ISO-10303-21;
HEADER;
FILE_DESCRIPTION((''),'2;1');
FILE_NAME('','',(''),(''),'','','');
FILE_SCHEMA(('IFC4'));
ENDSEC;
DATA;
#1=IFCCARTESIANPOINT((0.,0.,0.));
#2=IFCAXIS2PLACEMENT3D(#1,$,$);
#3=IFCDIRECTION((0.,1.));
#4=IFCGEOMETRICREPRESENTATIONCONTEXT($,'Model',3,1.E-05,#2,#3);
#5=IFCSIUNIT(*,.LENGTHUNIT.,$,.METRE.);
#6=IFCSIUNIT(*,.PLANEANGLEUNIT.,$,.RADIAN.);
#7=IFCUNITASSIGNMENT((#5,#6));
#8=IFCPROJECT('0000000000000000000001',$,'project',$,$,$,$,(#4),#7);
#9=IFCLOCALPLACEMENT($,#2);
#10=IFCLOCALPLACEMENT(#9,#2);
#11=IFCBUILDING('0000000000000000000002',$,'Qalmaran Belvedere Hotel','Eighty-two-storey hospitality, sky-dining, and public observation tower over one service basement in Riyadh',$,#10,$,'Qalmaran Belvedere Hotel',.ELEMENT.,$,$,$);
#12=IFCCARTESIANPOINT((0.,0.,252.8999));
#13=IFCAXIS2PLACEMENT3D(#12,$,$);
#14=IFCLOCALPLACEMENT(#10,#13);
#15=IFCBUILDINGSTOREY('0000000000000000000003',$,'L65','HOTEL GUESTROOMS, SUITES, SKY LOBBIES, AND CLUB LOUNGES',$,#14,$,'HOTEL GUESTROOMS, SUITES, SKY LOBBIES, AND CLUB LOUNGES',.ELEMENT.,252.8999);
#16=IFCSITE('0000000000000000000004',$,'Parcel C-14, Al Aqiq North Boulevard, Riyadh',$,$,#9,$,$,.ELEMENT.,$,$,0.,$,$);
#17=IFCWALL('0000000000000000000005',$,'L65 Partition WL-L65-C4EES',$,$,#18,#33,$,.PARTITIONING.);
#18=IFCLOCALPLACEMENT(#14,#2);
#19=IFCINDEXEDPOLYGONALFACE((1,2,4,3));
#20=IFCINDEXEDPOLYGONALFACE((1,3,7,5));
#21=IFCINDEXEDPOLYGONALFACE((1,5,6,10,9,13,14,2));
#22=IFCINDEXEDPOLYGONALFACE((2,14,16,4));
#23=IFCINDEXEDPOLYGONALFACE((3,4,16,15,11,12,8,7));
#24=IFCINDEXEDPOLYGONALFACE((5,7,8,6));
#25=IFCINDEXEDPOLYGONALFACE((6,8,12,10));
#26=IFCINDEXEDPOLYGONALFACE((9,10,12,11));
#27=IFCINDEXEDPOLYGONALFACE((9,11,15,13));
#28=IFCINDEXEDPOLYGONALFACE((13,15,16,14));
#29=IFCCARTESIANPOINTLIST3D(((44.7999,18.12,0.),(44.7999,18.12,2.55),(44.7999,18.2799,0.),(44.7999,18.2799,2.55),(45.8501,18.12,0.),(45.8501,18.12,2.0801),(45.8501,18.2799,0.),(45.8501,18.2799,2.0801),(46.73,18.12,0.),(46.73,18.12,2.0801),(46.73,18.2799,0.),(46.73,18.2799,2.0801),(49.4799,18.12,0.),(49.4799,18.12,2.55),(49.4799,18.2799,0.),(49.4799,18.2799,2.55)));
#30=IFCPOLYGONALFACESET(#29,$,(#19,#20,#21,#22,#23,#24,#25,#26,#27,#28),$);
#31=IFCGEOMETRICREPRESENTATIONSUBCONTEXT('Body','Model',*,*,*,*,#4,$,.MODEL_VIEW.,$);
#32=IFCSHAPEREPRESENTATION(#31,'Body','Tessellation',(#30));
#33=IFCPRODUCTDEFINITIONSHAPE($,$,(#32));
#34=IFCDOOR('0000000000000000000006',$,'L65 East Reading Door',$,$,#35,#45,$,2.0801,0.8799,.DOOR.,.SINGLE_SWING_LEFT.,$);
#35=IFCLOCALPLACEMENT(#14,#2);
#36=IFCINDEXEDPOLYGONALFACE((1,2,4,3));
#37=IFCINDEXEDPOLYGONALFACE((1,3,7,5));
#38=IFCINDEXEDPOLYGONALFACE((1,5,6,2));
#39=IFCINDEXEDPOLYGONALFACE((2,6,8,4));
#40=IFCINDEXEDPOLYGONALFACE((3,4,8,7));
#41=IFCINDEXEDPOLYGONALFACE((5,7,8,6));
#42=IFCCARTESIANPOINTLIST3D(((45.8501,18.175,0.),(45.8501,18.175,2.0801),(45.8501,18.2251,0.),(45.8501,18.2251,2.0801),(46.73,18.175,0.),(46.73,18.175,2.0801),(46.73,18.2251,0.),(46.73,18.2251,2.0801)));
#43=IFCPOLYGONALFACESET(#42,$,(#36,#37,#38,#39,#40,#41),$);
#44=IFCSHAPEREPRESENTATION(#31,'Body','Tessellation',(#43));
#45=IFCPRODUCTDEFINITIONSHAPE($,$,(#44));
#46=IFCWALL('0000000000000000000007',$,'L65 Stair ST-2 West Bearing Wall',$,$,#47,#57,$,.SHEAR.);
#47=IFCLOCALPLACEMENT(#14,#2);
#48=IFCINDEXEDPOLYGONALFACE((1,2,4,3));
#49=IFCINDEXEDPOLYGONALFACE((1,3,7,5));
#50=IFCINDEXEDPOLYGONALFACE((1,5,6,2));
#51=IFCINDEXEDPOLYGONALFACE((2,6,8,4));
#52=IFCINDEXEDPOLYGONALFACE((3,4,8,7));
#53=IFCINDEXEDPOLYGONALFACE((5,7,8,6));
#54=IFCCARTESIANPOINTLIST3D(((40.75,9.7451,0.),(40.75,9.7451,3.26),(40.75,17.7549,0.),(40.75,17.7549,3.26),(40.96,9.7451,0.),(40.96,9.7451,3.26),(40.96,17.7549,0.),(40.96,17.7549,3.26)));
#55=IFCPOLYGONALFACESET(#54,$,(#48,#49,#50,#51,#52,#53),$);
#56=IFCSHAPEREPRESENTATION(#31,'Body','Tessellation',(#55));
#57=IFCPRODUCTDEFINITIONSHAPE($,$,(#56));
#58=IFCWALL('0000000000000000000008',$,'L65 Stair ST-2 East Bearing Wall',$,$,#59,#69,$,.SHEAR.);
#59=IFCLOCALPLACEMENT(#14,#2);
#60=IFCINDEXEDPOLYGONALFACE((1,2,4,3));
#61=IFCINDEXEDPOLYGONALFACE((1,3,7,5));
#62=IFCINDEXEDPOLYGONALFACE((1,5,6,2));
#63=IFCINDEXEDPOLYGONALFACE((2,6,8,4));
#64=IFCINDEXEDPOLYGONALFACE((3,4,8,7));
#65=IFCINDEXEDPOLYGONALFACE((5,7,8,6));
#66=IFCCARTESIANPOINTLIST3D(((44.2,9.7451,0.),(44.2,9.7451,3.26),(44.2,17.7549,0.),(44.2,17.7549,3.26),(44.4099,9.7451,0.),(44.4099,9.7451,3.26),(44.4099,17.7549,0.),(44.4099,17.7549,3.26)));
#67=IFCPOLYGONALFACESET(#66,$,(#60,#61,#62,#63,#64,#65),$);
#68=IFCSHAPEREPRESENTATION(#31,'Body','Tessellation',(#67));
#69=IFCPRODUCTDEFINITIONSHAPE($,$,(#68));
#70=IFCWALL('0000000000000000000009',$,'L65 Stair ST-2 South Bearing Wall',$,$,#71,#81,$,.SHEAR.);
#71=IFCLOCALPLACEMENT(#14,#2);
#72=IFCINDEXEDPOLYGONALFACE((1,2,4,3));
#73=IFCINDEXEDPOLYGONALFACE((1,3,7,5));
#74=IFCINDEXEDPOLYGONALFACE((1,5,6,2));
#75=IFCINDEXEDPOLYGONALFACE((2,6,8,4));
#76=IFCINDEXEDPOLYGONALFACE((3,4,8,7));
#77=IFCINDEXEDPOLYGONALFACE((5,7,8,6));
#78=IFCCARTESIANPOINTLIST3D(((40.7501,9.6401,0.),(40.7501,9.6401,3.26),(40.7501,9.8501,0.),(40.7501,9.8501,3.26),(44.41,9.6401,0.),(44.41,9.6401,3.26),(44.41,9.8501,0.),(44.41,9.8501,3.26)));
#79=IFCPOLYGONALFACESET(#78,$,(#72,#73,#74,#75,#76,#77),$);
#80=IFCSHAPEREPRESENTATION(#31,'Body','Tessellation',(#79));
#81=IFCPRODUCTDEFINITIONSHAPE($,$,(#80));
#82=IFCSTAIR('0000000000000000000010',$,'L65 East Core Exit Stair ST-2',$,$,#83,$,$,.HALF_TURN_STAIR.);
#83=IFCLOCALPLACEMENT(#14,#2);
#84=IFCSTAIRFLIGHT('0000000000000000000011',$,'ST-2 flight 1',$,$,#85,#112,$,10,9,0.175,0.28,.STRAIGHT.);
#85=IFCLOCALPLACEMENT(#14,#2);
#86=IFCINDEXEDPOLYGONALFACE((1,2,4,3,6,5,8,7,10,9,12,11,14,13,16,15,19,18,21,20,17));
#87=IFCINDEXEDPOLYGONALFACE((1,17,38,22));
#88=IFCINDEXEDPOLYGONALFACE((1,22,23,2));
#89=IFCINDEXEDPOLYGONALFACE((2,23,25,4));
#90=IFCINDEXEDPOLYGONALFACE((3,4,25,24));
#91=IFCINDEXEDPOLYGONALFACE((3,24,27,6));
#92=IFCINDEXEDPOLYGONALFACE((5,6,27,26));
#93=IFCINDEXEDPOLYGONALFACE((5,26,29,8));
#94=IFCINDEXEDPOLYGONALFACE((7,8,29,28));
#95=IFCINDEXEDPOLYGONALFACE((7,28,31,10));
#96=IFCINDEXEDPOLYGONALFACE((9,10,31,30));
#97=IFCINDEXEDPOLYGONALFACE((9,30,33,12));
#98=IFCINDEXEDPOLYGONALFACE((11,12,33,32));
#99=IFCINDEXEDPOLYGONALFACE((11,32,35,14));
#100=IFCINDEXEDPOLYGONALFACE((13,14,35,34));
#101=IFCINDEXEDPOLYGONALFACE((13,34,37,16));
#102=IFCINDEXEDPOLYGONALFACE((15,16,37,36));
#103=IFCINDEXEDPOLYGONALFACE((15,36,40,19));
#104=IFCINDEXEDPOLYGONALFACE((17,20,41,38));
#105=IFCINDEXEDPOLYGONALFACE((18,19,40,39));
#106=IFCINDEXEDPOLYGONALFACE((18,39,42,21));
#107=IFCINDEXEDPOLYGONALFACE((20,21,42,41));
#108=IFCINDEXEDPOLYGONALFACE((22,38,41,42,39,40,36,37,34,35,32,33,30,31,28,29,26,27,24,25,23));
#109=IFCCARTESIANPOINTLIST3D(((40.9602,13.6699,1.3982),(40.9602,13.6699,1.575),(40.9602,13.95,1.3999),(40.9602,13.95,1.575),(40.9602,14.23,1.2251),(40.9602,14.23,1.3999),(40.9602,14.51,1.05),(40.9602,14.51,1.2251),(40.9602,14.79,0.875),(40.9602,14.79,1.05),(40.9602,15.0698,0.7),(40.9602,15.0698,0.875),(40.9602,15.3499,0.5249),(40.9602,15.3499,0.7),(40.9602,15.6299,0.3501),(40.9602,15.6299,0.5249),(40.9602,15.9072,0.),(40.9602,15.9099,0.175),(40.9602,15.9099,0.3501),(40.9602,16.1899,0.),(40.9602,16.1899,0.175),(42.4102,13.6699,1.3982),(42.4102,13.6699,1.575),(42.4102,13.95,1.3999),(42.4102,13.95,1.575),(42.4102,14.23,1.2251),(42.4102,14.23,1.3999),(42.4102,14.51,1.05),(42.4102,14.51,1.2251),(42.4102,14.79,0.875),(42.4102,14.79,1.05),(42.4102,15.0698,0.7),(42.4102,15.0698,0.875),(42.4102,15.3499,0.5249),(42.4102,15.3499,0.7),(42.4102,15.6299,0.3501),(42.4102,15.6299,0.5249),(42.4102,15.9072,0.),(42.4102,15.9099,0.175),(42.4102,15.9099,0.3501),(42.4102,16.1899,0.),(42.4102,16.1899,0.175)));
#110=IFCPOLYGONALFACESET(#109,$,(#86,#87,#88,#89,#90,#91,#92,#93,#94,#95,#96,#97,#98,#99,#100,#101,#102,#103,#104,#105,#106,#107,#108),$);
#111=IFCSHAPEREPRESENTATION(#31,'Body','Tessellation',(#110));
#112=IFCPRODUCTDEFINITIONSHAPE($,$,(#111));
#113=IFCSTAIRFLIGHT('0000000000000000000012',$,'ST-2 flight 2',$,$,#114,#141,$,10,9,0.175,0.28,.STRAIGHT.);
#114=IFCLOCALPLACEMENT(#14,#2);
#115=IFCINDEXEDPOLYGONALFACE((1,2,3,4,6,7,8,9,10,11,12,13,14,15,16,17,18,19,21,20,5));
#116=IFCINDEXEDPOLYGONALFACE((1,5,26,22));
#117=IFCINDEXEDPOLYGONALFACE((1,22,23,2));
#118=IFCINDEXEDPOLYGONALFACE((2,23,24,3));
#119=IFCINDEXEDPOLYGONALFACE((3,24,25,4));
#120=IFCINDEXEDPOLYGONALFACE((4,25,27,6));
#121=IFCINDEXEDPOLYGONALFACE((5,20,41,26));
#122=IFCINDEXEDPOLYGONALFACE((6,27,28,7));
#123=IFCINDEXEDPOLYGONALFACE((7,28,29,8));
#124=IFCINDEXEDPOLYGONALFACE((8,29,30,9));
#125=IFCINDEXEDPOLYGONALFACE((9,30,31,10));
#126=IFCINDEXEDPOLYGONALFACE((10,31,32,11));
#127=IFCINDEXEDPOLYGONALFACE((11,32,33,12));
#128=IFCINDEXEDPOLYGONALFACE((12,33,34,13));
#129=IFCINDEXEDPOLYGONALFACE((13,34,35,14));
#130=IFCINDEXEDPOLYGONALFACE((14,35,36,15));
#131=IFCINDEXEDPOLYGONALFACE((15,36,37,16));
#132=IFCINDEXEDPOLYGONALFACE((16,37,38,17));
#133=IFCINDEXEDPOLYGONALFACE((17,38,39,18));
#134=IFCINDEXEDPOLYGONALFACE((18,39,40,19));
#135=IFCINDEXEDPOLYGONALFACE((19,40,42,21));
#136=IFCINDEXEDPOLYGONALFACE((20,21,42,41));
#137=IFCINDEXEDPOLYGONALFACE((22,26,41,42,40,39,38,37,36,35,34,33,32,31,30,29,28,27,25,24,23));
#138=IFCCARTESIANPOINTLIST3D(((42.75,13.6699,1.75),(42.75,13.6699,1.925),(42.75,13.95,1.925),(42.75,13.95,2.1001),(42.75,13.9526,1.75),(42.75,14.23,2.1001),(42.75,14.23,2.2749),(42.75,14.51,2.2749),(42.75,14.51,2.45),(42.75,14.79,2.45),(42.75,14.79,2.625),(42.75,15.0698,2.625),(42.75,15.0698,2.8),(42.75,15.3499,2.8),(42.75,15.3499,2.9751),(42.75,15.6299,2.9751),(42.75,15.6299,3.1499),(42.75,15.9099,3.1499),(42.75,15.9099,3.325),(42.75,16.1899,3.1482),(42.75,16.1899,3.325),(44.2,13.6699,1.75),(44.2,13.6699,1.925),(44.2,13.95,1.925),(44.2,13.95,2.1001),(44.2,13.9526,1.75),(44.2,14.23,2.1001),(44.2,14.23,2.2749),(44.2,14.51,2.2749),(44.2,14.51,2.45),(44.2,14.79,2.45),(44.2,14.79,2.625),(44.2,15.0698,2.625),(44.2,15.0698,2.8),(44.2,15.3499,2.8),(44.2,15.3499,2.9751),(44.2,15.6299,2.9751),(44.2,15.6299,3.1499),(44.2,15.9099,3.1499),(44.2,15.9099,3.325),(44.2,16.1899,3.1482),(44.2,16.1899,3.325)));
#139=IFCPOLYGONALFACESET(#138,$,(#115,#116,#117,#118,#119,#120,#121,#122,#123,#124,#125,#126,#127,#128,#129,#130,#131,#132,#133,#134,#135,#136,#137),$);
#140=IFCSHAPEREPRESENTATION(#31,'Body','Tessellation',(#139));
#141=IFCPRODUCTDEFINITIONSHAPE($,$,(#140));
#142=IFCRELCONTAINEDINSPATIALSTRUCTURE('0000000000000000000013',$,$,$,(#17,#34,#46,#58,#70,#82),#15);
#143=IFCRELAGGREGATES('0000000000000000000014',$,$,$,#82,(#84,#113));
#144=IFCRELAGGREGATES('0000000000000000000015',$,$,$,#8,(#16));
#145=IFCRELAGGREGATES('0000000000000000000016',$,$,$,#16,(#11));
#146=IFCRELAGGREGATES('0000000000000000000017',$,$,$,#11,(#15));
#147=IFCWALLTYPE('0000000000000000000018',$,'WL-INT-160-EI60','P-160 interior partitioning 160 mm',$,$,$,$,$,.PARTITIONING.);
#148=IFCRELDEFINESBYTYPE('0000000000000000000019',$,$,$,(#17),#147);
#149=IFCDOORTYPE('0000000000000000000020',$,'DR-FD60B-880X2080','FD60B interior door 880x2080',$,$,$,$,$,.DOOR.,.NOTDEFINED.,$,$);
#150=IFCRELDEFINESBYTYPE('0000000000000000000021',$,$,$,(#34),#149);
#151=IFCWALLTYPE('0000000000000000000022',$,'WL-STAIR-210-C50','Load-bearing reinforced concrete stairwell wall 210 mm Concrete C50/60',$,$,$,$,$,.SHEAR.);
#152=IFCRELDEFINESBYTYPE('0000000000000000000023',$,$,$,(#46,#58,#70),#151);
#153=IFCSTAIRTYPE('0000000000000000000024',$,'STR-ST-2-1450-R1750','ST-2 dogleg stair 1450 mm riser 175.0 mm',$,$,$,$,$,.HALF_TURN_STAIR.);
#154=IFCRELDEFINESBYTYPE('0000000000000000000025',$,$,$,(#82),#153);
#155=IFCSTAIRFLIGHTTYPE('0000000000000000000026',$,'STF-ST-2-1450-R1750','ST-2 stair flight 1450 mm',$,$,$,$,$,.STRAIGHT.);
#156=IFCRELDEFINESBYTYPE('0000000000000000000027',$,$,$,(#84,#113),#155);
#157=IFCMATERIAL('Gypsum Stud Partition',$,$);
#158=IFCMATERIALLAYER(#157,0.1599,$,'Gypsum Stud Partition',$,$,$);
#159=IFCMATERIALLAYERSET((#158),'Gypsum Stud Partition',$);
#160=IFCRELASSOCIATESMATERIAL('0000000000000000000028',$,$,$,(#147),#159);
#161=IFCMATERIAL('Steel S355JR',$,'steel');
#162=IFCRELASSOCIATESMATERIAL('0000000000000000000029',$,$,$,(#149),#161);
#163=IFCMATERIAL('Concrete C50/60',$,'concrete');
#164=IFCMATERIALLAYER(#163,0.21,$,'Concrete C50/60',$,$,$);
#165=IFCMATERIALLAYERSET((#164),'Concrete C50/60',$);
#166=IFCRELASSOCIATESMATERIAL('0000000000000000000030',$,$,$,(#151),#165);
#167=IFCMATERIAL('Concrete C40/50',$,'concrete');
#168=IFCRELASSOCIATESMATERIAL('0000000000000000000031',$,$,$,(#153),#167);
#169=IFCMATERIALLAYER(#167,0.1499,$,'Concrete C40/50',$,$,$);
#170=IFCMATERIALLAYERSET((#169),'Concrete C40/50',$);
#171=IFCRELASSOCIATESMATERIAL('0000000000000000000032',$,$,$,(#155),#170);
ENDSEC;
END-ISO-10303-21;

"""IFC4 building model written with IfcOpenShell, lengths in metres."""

from ifc_helpers import new_model, si_unit, direction, frame, frame_2d, origin, place, context, subcontext, project, spatial, polyline, rectangle, outline, extrude, material, layer, layer_set, type_object, element, fill, aggregate, save


model = new_model("IFC4")

# Units and contexts
model_context = context("Model", 3, precision=1e-05, world=origin(), true_north=direction((0.0, 1.0)))
body_context = subcontext(model_context, "Body", "Model", "MODEL_VIEW")
ifc_project = project(units=[si_unit("LENGTHUNIT", "METRE"), si_unit("PLANEANGLEUNIT", "RADIAN")], contexts=[model_context])

# Site, building, storey
site_placement = place(None, origin())
site = spatial("IfcSite", under=ifc_project, at=site_placement, Name="Parcel C-14, Al Aqiq North Boulevard, Riyadh", CompositionType="ELEMENT", RefElevation=0.0)
building_placement = place(site_placement, origin())
building = spatial("IfcBuilding", under=site, at=building_placement, Name="Qalmaran Belvedere Hotel", Description="Eighty-two-storey hospitality, sky-dining, and public observation tower over one service basement in Riyadh", LongName="Qalmaran Belvedere Hotel", CompositionType="ELEMENT")
storey_placement = place(building_placement, frame((0.0, 0.0, 252.8999)))
storey = spatial("IfcBuildingStorey", under=building, at=storey_placement, Name="L65", Description="HOTEL GUESTROOMS, SUITES, SKY LOBBIES, AND CLUB LOUNGES", LongName="HOTEL GUESTROOMS, SUITES, SKY LOBBIES, AND CLUB LOUNGES", CompositionType="ELEMENT", Elevation=252.8999)

# Shared definitions
ifc_material_1 = material(Name="Concrete C50/60", Category="concrete")

# Shared definitions
ifc_material_2 = material(Name="Steel S355JR", Category="steel")

# Wall, opening, door
ifc_material_3 = material(Name="Gypsum Stud Partition")
ifc_layer_1 = layer(ifc_material_3, 0.1599, Name="Gypsum Stud Partition")
ifc_layer_set_1 = layer_set([ifc_layer_1], Name="Gypsum Stud Partition")
wall_type_1 = type_object("IfcWallType", Name="WL-INT-160-EI60", Description="P-160 interior partitioning 160 mm", PredefinedType="PARTITIONING", material=ifc_layer_set_1)
wall_1_placement = place(storey_placement, frame((44.8, 18.2, 0.0), z_axis=(0.0, 0.0, 1.0), x_axis=(1.0, 0.0, 0.0)))
wall_1 = element("IfcWall", 1, at=wall_1_placement, inside=storey, type_object=wall_type_1, Name="L65 Partition WL-L65-C4EES", PredefinedType="PARTITIONING", context=body_context, shape_type="SweptSolid", body=[
    extrude(rectangle(XDim=4.6799, YDim=0.1599, at=frame_2d((2.3398, 0.0))), origin(), (0.0, 0.0, 1.0), 2.55),
])
opening_1_placement = place(wall_1_placement, frame((1.9299, 0.0, 0.0), z_axis=(0.0, 0.0, 1.0), x_axis=(-1.0, 0.0, 0.0)))
opening_1 = element("IfcOpeningElement", 2, at=opening_1_placement, cuts=wall_1, PredefinedType="OPENING", context=body_context, shape_type="SweptSolid", body=[
    extrude(rectangle(XDim=0.8799, YDim=2.0801, at=frame_2d((0.4399, 1.04))), frame((0.0, 0.0898, 0.0), z_axis=(0.0, -1.0, 0.0), x_axis=(1.0, 0.0, 0.0)), (0.0, 0.0, 1.0), 0.1799),
])
door_type = type_object("IfcDoorType", Name="DR-FD60B-880X2080", Description="FD60B interior door 880x2080", OperationType="NOTDEFINED", PredefinedType="DOOR", material=ifc_material_2)
door_placement = place(opening_1_placement, origin())
door = element("IfcDoor", 3, at=door_placement, inside=storey, type_object=door_type, Name="L65 East Reading Door", OperationType="SINGLE_SWING_LEFT", OverallHeight=2.0801, OverallWidth=0.8799, PredefinedType="DOOR", context=body_context, shape_type="SweptSolid", body=[
    extrude(rectangle(XDim=0.8799, YDim=2.0801, at=frame_2d((0.4399, 1.04))), frame((0.0, 0.0249, 0.0), z_axis=(0.0, -1.0, 0.0), x_axis=(1.0, 0.0, 0.0)), (0.0, 0.0, 1.0), 0.05),
])
fill(opening_1, door)

# Walls
ifc_layer_2 = layer(ifc_material_1, 0.21, Name="Concrete C50/60")
ifc_layer_set_2 = layer_set([ifc_layer_2], Name="Concrete C50/60")
wall_type_2 = type_object("IfcWallType", Name="WL-STAIR-210-C50", Description="Load-bearing reinforced concrete stairwell wall 210 mm Concrete C50/60", PredefinedType="SHEAR", material=ifc_layer_set_2)
for number, where, z_axis, x_axis, name in (
    (4, (40.855, 9.7451, 0.0), (0.0, 0.0, 1.0), (0.0, 1.0, 0.0), "L65 Stair ST-2 West Bearing Wall"),
    (5, (44.3049, 9.7451, 0.0), (0.0, 0.0, 1.0), (0.0, 1.0, 0.0), "L65 Stair ST-2 East Bearing Wall"),
):
    element("IfcWall", number, at=place(storey_placement, frame(where, z_axis=z_axis, x_axis=x_axis)), inside=storey, type_object=wall_type_2, Name=name, PredefinedType="SHEAR", context=body_context, shape_type="SweptSolid", body=[
        extrude(rectangle(XDim=8.0098, YDim=0.21, at=frame_2d((4.0049, 0.0))), origin(), (0.0, 0.0, 1.0), 3.26),
    ])
wall_2_placement = place(storey_placement, frame((40.75, 9.7451, 0.0), z_axis=(0.0, 0.0, 1.0), x_axis=(1.0, 0.0, 0.0)))
element("IfcWall", 6, at=wall_2_placement, inside=storey, type_object=wall_type_2, Name="L65 Stair ST-2 South Bearing Wall", PredefinedType="SHEAR", context=body_context, shape_type="SweptSolid", body=[
    extrude(rectangle(XDim=3.6599, YDim=0.21, at=frame_2d((1.8301, 0.0))), origin(), (0.0, 0.0, 1.0), 3.26),
])

# Stair, stair flights
ifc_material_4 = material(Name="Concrete C40/50", Category="concrete")
stair_type = type_object("IfcStairType", Name="STR-ST-2-1450-R1750", Description="ST-2 dogleg stair 1450 mm riser 175.0 mm", PredefinedType="HALF_TURN_STAIR", material=ifc_material_4)
stair_placement = place(storey_placement, origin())
stair = element("IfcStair", 7, at=stair_placement, inside=storey, type_object=stair_type, Name="L65 East Core Exit Stair ST-2", PredefinedType="HALF_TURN_STAIR")
ifc_layer_3 = layer(ifc_material_4, 0.1499, Name="Concrete C40/50")
ifc_layer_set_3 = layer_set([ifc_layer_3], Name="Concrete C40/50")
stair_flight_type = type_object("IfcStairFlightType", Name="STF-ST-2-1450-R1750", Description="ST-2 stair flight 1450 mm", PredefinedType="STRAIGHT", material=ifc_layer_set_3)
stair_flight_1_placement = place(storey_placement, frame((41.6851, 16.1899, 0.0), z_axis=(0.0, 0.0, 1.0), x_axis=(0.0, -1.0, 0.0)))
stair_flight_1 = element("IfcStairFlight", 8, at=stair_flight_1_placement, type_object=stair_flight_type, Name="ST-2 flight 1", NumberOfRisers=10, NumberOfTreads=9, PredefinedType="STRAIGHT", RiserHeight=0.175, TreadLength=0.28, context=body_context, shape_type="SweptSolid", body=[
    extrude(outline(polyline([(0.0, 0.0), (0.0, 0.175), (0.28, 0.175), (0.28, 0.3501), (0.5601, 0.3501), (0.5601, 0.5249), (0.8401, 0.5249), (0.8401, 0.7), (1.1201, 0.7), (1.1201, 0.875), (1.3999, 0.875), (1.3999, 1.05), (1.6799, 1.05), (1.6799, 1.2251), (1.96, 1.2251), (1.96, 1.3999), (2.24, 1.3999), (2.24, 1.575), (2.52, 1.575), (2.52, 1.75), (2.52, 1.3982), (0.2827, 0.0), (0.0, 0.0)])), frame((0.0, 0.7251, 0.0), z_axis=(0.0, -1.0, 0.0), x_axis=(1.0, 0.0, 0.0)), (0.0, 0.0, 1.0), 1.45),
])
stair_flight_2_placement = place(storey_placement, frame((43.4751, 13.6699, 1.75), z_axis=(0.0, 0.0, 1.0), x_axis=(0.0, 1.0, 0.0)))
stair_flight_2 = element("IfcStairFlight", 9, at=stair_flight_2_placement, type_object=stair_flight_type, Name="ST-2 flight 2", NumberOfRisers=10, NumberOfTreads=9, PredefinedType="STRAIGHT", RiserHeight=0.175, TreadLength=0.28, context=body_context, shape_type="SweptSolid", body=[
    extrude(outline(polyline([(0.0, 0.0), (0.0, 0.175), (0.28, 0.175), (0.28, 0.3501), (0.5601, 0.3501), (0.5601, 0.5249), (0.8401, 0.5249), (0.8401, 0.7), (1.1201, 0.7), (1.1201, 0.875), (1.3999, 0.875), (1.3999, 1.05), (1.6799, 1.05), (1.6799, 1.2251), (1.96, 1.2251), (1.96, 1.3999), (2.24, 1.3999), (2.24, 1.575), (2.52, 1.575), (2.52, 1.75), (2.52, 1.3982), (0.2827, 0.0), (0.0, 0.0)])), frame((0.0, 0.7251, 0.0), z_axis=(0.0, -1.0, 0.0), x_axis=(1.0, 0.0, 0.0)), (0.0, 0.0, 1.0), 1.45),
])
aggregate(stair, [stair_flight_1, stair_flight_2])

save(model, "model.ifc")
